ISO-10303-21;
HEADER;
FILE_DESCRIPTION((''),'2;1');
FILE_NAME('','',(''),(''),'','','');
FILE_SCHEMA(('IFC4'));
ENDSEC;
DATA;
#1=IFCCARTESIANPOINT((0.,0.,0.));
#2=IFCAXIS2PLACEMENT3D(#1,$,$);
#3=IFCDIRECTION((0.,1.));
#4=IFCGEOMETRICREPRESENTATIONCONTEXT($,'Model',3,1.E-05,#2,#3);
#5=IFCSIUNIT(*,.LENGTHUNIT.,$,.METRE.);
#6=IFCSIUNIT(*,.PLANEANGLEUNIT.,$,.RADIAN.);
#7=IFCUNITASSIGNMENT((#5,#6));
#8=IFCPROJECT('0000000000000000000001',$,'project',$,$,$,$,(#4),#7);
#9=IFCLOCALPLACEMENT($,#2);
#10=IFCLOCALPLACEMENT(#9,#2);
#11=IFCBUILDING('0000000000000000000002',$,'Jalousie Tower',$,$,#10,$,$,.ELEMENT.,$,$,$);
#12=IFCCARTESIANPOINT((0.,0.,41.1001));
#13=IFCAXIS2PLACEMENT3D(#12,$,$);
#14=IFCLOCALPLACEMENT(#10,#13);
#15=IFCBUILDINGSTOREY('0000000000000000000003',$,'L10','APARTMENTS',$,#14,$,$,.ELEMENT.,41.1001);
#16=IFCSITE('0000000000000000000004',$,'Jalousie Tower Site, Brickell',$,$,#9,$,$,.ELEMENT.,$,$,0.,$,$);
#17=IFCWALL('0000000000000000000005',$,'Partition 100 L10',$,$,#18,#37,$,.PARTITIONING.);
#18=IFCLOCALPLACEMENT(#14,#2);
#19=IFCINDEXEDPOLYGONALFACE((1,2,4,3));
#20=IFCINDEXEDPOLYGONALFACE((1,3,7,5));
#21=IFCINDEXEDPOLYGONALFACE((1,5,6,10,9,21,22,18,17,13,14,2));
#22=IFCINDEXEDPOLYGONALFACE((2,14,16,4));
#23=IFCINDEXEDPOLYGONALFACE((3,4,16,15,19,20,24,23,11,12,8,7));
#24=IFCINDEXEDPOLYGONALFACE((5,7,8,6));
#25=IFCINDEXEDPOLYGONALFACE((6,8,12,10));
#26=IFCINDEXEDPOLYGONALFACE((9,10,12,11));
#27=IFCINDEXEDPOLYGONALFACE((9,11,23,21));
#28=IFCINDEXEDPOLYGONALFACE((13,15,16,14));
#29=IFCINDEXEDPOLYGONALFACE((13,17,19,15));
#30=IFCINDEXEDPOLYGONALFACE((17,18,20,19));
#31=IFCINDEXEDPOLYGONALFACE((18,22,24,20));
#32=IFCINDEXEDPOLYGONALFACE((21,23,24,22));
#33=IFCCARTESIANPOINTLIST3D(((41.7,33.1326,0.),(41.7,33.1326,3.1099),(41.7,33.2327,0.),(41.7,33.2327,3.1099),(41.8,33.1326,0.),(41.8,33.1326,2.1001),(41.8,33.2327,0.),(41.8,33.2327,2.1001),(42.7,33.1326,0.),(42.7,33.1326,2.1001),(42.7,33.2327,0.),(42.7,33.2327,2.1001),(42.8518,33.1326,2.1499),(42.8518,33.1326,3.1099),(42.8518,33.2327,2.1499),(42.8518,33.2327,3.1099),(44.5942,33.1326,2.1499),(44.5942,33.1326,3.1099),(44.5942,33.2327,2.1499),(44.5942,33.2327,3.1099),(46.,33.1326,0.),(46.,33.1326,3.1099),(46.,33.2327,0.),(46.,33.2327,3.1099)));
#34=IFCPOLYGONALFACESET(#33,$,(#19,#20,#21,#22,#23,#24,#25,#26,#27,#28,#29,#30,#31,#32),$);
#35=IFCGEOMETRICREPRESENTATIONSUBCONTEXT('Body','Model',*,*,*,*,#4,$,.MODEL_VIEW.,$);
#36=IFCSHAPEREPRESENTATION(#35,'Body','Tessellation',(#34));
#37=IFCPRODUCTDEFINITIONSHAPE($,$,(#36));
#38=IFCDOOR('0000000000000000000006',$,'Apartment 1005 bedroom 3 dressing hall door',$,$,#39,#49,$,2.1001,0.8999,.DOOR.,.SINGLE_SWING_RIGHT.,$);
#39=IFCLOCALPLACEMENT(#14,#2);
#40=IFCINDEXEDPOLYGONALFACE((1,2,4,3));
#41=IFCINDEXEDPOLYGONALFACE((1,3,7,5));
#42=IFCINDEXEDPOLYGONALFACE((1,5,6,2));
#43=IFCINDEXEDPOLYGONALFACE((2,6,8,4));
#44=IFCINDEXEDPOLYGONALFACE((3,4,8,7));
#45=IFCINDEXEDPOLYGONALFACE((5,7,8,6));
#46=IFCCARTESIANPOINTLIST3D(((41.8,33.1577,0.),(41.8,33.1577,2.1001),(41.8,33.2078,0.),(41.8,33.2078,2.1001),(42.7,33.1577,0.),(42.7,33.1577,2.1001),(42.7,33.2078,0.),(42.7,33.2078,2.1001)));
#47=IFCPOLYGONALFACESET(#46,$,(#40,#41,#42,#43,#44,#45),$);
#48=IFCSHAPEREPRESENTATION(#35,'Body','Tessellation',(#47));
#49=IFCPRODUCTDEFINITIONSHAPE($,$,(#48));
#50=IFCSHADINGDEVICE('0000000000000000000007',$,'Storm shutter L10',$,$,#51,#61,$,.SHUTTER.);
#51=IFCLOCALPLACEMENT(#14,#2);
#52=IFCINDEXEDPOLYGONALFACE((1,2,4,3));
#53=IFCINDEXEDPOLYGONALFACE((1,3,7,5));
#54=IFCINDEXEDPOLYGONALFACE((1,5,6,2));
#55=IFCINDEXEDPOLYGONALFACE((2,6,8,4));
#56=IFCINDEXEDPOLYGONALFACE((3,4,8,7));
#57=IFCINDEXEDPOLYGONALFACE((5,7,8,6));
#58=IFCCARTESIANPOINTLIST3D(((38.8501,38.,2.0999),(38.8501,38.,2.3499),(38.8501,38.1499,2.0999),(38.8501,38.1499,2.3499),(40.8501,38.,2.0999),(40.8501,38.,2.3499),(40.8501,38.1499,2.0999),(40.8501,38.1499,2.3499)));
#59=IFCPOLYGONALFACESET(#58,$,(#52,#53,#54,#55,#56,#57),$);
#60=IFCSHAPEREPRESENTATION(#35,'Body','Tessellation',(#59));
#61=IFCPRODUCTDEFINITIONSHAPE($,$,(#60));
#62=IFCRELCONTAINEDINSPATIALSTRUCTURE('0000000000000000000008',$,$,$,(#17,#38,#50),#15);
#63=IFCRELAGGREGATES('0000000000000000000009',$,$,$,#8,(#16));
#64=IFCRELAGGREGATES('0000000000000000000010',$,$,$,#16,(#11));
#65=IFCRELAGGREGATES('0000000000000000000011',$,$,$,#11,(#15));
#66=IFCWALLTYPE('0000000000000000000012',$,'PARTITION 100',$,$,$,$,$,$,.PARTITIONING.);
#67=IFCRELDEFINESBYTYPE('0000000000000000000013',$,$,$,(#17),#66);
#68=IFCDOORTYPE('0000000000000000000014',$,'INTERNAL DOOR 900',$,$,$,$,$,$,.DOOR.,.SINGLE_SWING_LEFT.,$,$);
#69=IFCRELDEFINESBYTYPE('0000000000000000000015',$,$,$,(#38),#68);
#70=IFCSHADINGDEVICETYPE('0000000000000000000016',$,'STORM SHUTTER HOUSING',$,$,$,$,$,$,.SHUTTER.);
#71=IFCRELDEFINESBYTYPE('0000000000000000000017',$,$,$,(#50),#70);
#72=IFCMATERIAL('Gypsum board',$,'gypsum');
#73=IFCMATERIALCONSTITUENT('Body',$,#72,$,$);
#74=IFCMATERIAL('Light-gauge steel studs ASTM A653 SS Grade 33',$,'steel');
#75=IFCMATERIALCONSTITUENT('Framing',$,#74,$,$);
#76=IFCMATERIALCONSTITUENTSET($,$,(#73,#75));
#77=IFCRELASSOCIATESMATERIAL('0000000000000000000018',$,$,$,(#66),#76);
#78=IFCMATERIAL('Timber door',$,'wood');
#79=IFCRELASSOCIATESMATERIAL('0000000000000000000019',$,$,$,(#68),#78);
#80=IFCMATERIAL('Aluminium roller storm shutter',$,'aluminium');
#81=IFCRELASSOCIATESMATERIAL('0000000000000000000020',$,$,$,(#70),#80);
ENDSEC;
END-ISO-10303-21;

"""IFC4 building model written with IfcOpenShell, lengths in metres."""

from ifc_helpers import new_model, si_unit, direction, frame, frame_2d, origin, origin_2d, place, context, subcontext, project, spatial, polyline, rectangle, outline, extrude, material, constituent, constituent_set, type_object, element, fill, save


model = new_model("IFC4")

# Units and contexts
model_context = context("Model", 3, precision=1e-05, world=origin(), true_north=direction((0.0, 1.0)))
body_context = subcontext(model_context, "Body", "Model", "MODEL_VIEW")
ifc_project = project(units=[si_unit("LENGTHUNIT", "METRE"), si_unit("PLANEANGLEUNIT", "RADIAN")], contexts=[model_context])

# Site, building, storey
site_placement = place(None, origin())
site = spatial("IfcSite", under=ifc_project, at=site_placement, Name="Jalousie Tower Site, Brickell", CompositionType="ELEMENT", RefElevation=0.0)
building_placement = place(site_placement, origin())
building = spatial("IfcBuilding", under=site, at=building_placement, Name="Jalousie Tower", CompositionType="ELEMENT")
storey_placement = place(building_placement, frame((0.0, 0.0, 41.1001)))
storey = spatial("IfcBuildingStorey", under=building, at=storey_placement, Name="L10", Description="APARTMENTS", CompositionType="ELEMENT", Elevation=41.1001)

# Shared definitions
ifc_material_1 = material(Name="Gypsum board", Category="gypsum")
ifc_constituent_1 = constituent(ifc_material_1, Name="Body")
ifc_material_2 = material(Name="Light-gauge steel studs ASTM A653 SS Grade 33", Category="steel")
ifc_constituent_2 = constituent(ifc_material_2, Name="Framing")
ifc_constituent_set_1 = constituent_set(constituents=[ifc_constituent_1, ifc_constituent_2])
wall_type_1 = type_object("IfcWallType", Name="PARTITION 100", PredefinedType="PARTITIONING", material=ifc_constituent_set_1)
ifc_material_3 = material(Name="Timber door", Category="wood")
door_type_1 = type_object("IfcDoorType", Name="INTERNAL DOOR 900", OperationType="SINGLE_SWING_LEFT", PredefinedType="DOOR", material=ifc_material_3)

# Wall, opening, door
wall_1_placement = place(storey_placement, frame((41.7, 33.1826, 0.0), z_axis=(0.0, 0.0, 1.0), x_axis=(1.0, 0.0, 0.0)))
wall_1 = element("IfcWall", 1, at=wall_1_placement, inside=storey, type_object=wall_type_1, Name="Partition 100 L10", PredefinedType="PARTITIONING", context=body_context, shape_type="SweptSolid", body=[
    extrude(outline(polyline([(0.0, 0.0), (4.3, 0.0), (4.3, 3.1099), (2.8943, 3.1099), (2.8943, 2.1499), (1.1519, 2.1499), (1.1519, 3.1099), (0.0, 3.1099), (0.0, 0.0)])), frame((0.0, 0.05, 0.0), z_axis=(0.0, -1.0, 0.0), x_axis=(1.0, 0.0, 0.0)), (0.0, 0.0, 1.0), 0.1001),
])
opening_1_placement = place(wall_1_placement, frame((0.1001, 0.0, 0.0)))
opening_1 = element("IfcOpeningElement", 2, at=opening_1_placement, cuts=wall_1, PredefinedType="OPENING", context=body_context, shape_type="SweptSolid", body=[
    extrude(rectangle(XDim=0.8999, YDim=2.1001, at=frame_2d((0.45, 1.05))), frame((0.0, 0.0601, 0.0), z_axis=(0.0, -1.0, 0.0), x_axis=(1.0, 0.0, 0.0)), (0.0, 0.0, 1.0), 0.1201),
])
door_1_placement = place(opening_1_placement, frame((0.8999, 0.0, 0.0), z_axis=(0.0, 0.0, 1.0), x_axis=(-1.0, 0.0, 0.0)))
door_1 = element("IfcDoor", 3, at=door_1_placement, inside=storey, type_object=door_type_1, Name="Apartment 1005 bedroom 3 dressing hall door", OperationType="SINGLE_SWING_RIGHT", OverallHeight=2.1001, OverallWidth=0.8999, PredefinedType="DOOR", context=body_context, shape_type="SweptSolid", body=[
    extrude(rectangle(XDim=0.8999, YDim=2.1001, at=frame_2d((0.45, 1.05))), frame((0.0, 0.0249, 0.0), z_axis=(0.0, -1.0, 0.0), x_axis=(1.0, 0.0, 0.0)), (0.0, 0.0, 1.0), 0.05),
])
fill(opening_1, door_1)

# Shading device
ifc_material_4 = material(Name="Aluminium roller storm shutter", Category="aluminium")
shading_device_type = type_object("IfcShadingDeviceType", Name="STORM SHUTTER HOUSING", PredefinedType="SHUTTER", material=ifc_material_4)
shading_device_placement = place(storey_placement, frame((39.8501, 38.075, 2.0999), z_axis=(0.0, 0.0, 1.0), x_axis=(-1.0, 0.0, 0.0)))
element("IfcShadingDevice", 4, at=shading_device_placement, inside=storey, type_object=shading_device_type, Name="Storm shutter L10", PredefinedType="SHUTTER", context=body_context, shape_type="SweptSolid", body=[
    extrude(rectangle(XDim=2.0, YDim=0.1499, at=origin_2d()), origin(), (0.0, 0.0, 1.0), 0.25),
])

save(model, "model.ifc")
